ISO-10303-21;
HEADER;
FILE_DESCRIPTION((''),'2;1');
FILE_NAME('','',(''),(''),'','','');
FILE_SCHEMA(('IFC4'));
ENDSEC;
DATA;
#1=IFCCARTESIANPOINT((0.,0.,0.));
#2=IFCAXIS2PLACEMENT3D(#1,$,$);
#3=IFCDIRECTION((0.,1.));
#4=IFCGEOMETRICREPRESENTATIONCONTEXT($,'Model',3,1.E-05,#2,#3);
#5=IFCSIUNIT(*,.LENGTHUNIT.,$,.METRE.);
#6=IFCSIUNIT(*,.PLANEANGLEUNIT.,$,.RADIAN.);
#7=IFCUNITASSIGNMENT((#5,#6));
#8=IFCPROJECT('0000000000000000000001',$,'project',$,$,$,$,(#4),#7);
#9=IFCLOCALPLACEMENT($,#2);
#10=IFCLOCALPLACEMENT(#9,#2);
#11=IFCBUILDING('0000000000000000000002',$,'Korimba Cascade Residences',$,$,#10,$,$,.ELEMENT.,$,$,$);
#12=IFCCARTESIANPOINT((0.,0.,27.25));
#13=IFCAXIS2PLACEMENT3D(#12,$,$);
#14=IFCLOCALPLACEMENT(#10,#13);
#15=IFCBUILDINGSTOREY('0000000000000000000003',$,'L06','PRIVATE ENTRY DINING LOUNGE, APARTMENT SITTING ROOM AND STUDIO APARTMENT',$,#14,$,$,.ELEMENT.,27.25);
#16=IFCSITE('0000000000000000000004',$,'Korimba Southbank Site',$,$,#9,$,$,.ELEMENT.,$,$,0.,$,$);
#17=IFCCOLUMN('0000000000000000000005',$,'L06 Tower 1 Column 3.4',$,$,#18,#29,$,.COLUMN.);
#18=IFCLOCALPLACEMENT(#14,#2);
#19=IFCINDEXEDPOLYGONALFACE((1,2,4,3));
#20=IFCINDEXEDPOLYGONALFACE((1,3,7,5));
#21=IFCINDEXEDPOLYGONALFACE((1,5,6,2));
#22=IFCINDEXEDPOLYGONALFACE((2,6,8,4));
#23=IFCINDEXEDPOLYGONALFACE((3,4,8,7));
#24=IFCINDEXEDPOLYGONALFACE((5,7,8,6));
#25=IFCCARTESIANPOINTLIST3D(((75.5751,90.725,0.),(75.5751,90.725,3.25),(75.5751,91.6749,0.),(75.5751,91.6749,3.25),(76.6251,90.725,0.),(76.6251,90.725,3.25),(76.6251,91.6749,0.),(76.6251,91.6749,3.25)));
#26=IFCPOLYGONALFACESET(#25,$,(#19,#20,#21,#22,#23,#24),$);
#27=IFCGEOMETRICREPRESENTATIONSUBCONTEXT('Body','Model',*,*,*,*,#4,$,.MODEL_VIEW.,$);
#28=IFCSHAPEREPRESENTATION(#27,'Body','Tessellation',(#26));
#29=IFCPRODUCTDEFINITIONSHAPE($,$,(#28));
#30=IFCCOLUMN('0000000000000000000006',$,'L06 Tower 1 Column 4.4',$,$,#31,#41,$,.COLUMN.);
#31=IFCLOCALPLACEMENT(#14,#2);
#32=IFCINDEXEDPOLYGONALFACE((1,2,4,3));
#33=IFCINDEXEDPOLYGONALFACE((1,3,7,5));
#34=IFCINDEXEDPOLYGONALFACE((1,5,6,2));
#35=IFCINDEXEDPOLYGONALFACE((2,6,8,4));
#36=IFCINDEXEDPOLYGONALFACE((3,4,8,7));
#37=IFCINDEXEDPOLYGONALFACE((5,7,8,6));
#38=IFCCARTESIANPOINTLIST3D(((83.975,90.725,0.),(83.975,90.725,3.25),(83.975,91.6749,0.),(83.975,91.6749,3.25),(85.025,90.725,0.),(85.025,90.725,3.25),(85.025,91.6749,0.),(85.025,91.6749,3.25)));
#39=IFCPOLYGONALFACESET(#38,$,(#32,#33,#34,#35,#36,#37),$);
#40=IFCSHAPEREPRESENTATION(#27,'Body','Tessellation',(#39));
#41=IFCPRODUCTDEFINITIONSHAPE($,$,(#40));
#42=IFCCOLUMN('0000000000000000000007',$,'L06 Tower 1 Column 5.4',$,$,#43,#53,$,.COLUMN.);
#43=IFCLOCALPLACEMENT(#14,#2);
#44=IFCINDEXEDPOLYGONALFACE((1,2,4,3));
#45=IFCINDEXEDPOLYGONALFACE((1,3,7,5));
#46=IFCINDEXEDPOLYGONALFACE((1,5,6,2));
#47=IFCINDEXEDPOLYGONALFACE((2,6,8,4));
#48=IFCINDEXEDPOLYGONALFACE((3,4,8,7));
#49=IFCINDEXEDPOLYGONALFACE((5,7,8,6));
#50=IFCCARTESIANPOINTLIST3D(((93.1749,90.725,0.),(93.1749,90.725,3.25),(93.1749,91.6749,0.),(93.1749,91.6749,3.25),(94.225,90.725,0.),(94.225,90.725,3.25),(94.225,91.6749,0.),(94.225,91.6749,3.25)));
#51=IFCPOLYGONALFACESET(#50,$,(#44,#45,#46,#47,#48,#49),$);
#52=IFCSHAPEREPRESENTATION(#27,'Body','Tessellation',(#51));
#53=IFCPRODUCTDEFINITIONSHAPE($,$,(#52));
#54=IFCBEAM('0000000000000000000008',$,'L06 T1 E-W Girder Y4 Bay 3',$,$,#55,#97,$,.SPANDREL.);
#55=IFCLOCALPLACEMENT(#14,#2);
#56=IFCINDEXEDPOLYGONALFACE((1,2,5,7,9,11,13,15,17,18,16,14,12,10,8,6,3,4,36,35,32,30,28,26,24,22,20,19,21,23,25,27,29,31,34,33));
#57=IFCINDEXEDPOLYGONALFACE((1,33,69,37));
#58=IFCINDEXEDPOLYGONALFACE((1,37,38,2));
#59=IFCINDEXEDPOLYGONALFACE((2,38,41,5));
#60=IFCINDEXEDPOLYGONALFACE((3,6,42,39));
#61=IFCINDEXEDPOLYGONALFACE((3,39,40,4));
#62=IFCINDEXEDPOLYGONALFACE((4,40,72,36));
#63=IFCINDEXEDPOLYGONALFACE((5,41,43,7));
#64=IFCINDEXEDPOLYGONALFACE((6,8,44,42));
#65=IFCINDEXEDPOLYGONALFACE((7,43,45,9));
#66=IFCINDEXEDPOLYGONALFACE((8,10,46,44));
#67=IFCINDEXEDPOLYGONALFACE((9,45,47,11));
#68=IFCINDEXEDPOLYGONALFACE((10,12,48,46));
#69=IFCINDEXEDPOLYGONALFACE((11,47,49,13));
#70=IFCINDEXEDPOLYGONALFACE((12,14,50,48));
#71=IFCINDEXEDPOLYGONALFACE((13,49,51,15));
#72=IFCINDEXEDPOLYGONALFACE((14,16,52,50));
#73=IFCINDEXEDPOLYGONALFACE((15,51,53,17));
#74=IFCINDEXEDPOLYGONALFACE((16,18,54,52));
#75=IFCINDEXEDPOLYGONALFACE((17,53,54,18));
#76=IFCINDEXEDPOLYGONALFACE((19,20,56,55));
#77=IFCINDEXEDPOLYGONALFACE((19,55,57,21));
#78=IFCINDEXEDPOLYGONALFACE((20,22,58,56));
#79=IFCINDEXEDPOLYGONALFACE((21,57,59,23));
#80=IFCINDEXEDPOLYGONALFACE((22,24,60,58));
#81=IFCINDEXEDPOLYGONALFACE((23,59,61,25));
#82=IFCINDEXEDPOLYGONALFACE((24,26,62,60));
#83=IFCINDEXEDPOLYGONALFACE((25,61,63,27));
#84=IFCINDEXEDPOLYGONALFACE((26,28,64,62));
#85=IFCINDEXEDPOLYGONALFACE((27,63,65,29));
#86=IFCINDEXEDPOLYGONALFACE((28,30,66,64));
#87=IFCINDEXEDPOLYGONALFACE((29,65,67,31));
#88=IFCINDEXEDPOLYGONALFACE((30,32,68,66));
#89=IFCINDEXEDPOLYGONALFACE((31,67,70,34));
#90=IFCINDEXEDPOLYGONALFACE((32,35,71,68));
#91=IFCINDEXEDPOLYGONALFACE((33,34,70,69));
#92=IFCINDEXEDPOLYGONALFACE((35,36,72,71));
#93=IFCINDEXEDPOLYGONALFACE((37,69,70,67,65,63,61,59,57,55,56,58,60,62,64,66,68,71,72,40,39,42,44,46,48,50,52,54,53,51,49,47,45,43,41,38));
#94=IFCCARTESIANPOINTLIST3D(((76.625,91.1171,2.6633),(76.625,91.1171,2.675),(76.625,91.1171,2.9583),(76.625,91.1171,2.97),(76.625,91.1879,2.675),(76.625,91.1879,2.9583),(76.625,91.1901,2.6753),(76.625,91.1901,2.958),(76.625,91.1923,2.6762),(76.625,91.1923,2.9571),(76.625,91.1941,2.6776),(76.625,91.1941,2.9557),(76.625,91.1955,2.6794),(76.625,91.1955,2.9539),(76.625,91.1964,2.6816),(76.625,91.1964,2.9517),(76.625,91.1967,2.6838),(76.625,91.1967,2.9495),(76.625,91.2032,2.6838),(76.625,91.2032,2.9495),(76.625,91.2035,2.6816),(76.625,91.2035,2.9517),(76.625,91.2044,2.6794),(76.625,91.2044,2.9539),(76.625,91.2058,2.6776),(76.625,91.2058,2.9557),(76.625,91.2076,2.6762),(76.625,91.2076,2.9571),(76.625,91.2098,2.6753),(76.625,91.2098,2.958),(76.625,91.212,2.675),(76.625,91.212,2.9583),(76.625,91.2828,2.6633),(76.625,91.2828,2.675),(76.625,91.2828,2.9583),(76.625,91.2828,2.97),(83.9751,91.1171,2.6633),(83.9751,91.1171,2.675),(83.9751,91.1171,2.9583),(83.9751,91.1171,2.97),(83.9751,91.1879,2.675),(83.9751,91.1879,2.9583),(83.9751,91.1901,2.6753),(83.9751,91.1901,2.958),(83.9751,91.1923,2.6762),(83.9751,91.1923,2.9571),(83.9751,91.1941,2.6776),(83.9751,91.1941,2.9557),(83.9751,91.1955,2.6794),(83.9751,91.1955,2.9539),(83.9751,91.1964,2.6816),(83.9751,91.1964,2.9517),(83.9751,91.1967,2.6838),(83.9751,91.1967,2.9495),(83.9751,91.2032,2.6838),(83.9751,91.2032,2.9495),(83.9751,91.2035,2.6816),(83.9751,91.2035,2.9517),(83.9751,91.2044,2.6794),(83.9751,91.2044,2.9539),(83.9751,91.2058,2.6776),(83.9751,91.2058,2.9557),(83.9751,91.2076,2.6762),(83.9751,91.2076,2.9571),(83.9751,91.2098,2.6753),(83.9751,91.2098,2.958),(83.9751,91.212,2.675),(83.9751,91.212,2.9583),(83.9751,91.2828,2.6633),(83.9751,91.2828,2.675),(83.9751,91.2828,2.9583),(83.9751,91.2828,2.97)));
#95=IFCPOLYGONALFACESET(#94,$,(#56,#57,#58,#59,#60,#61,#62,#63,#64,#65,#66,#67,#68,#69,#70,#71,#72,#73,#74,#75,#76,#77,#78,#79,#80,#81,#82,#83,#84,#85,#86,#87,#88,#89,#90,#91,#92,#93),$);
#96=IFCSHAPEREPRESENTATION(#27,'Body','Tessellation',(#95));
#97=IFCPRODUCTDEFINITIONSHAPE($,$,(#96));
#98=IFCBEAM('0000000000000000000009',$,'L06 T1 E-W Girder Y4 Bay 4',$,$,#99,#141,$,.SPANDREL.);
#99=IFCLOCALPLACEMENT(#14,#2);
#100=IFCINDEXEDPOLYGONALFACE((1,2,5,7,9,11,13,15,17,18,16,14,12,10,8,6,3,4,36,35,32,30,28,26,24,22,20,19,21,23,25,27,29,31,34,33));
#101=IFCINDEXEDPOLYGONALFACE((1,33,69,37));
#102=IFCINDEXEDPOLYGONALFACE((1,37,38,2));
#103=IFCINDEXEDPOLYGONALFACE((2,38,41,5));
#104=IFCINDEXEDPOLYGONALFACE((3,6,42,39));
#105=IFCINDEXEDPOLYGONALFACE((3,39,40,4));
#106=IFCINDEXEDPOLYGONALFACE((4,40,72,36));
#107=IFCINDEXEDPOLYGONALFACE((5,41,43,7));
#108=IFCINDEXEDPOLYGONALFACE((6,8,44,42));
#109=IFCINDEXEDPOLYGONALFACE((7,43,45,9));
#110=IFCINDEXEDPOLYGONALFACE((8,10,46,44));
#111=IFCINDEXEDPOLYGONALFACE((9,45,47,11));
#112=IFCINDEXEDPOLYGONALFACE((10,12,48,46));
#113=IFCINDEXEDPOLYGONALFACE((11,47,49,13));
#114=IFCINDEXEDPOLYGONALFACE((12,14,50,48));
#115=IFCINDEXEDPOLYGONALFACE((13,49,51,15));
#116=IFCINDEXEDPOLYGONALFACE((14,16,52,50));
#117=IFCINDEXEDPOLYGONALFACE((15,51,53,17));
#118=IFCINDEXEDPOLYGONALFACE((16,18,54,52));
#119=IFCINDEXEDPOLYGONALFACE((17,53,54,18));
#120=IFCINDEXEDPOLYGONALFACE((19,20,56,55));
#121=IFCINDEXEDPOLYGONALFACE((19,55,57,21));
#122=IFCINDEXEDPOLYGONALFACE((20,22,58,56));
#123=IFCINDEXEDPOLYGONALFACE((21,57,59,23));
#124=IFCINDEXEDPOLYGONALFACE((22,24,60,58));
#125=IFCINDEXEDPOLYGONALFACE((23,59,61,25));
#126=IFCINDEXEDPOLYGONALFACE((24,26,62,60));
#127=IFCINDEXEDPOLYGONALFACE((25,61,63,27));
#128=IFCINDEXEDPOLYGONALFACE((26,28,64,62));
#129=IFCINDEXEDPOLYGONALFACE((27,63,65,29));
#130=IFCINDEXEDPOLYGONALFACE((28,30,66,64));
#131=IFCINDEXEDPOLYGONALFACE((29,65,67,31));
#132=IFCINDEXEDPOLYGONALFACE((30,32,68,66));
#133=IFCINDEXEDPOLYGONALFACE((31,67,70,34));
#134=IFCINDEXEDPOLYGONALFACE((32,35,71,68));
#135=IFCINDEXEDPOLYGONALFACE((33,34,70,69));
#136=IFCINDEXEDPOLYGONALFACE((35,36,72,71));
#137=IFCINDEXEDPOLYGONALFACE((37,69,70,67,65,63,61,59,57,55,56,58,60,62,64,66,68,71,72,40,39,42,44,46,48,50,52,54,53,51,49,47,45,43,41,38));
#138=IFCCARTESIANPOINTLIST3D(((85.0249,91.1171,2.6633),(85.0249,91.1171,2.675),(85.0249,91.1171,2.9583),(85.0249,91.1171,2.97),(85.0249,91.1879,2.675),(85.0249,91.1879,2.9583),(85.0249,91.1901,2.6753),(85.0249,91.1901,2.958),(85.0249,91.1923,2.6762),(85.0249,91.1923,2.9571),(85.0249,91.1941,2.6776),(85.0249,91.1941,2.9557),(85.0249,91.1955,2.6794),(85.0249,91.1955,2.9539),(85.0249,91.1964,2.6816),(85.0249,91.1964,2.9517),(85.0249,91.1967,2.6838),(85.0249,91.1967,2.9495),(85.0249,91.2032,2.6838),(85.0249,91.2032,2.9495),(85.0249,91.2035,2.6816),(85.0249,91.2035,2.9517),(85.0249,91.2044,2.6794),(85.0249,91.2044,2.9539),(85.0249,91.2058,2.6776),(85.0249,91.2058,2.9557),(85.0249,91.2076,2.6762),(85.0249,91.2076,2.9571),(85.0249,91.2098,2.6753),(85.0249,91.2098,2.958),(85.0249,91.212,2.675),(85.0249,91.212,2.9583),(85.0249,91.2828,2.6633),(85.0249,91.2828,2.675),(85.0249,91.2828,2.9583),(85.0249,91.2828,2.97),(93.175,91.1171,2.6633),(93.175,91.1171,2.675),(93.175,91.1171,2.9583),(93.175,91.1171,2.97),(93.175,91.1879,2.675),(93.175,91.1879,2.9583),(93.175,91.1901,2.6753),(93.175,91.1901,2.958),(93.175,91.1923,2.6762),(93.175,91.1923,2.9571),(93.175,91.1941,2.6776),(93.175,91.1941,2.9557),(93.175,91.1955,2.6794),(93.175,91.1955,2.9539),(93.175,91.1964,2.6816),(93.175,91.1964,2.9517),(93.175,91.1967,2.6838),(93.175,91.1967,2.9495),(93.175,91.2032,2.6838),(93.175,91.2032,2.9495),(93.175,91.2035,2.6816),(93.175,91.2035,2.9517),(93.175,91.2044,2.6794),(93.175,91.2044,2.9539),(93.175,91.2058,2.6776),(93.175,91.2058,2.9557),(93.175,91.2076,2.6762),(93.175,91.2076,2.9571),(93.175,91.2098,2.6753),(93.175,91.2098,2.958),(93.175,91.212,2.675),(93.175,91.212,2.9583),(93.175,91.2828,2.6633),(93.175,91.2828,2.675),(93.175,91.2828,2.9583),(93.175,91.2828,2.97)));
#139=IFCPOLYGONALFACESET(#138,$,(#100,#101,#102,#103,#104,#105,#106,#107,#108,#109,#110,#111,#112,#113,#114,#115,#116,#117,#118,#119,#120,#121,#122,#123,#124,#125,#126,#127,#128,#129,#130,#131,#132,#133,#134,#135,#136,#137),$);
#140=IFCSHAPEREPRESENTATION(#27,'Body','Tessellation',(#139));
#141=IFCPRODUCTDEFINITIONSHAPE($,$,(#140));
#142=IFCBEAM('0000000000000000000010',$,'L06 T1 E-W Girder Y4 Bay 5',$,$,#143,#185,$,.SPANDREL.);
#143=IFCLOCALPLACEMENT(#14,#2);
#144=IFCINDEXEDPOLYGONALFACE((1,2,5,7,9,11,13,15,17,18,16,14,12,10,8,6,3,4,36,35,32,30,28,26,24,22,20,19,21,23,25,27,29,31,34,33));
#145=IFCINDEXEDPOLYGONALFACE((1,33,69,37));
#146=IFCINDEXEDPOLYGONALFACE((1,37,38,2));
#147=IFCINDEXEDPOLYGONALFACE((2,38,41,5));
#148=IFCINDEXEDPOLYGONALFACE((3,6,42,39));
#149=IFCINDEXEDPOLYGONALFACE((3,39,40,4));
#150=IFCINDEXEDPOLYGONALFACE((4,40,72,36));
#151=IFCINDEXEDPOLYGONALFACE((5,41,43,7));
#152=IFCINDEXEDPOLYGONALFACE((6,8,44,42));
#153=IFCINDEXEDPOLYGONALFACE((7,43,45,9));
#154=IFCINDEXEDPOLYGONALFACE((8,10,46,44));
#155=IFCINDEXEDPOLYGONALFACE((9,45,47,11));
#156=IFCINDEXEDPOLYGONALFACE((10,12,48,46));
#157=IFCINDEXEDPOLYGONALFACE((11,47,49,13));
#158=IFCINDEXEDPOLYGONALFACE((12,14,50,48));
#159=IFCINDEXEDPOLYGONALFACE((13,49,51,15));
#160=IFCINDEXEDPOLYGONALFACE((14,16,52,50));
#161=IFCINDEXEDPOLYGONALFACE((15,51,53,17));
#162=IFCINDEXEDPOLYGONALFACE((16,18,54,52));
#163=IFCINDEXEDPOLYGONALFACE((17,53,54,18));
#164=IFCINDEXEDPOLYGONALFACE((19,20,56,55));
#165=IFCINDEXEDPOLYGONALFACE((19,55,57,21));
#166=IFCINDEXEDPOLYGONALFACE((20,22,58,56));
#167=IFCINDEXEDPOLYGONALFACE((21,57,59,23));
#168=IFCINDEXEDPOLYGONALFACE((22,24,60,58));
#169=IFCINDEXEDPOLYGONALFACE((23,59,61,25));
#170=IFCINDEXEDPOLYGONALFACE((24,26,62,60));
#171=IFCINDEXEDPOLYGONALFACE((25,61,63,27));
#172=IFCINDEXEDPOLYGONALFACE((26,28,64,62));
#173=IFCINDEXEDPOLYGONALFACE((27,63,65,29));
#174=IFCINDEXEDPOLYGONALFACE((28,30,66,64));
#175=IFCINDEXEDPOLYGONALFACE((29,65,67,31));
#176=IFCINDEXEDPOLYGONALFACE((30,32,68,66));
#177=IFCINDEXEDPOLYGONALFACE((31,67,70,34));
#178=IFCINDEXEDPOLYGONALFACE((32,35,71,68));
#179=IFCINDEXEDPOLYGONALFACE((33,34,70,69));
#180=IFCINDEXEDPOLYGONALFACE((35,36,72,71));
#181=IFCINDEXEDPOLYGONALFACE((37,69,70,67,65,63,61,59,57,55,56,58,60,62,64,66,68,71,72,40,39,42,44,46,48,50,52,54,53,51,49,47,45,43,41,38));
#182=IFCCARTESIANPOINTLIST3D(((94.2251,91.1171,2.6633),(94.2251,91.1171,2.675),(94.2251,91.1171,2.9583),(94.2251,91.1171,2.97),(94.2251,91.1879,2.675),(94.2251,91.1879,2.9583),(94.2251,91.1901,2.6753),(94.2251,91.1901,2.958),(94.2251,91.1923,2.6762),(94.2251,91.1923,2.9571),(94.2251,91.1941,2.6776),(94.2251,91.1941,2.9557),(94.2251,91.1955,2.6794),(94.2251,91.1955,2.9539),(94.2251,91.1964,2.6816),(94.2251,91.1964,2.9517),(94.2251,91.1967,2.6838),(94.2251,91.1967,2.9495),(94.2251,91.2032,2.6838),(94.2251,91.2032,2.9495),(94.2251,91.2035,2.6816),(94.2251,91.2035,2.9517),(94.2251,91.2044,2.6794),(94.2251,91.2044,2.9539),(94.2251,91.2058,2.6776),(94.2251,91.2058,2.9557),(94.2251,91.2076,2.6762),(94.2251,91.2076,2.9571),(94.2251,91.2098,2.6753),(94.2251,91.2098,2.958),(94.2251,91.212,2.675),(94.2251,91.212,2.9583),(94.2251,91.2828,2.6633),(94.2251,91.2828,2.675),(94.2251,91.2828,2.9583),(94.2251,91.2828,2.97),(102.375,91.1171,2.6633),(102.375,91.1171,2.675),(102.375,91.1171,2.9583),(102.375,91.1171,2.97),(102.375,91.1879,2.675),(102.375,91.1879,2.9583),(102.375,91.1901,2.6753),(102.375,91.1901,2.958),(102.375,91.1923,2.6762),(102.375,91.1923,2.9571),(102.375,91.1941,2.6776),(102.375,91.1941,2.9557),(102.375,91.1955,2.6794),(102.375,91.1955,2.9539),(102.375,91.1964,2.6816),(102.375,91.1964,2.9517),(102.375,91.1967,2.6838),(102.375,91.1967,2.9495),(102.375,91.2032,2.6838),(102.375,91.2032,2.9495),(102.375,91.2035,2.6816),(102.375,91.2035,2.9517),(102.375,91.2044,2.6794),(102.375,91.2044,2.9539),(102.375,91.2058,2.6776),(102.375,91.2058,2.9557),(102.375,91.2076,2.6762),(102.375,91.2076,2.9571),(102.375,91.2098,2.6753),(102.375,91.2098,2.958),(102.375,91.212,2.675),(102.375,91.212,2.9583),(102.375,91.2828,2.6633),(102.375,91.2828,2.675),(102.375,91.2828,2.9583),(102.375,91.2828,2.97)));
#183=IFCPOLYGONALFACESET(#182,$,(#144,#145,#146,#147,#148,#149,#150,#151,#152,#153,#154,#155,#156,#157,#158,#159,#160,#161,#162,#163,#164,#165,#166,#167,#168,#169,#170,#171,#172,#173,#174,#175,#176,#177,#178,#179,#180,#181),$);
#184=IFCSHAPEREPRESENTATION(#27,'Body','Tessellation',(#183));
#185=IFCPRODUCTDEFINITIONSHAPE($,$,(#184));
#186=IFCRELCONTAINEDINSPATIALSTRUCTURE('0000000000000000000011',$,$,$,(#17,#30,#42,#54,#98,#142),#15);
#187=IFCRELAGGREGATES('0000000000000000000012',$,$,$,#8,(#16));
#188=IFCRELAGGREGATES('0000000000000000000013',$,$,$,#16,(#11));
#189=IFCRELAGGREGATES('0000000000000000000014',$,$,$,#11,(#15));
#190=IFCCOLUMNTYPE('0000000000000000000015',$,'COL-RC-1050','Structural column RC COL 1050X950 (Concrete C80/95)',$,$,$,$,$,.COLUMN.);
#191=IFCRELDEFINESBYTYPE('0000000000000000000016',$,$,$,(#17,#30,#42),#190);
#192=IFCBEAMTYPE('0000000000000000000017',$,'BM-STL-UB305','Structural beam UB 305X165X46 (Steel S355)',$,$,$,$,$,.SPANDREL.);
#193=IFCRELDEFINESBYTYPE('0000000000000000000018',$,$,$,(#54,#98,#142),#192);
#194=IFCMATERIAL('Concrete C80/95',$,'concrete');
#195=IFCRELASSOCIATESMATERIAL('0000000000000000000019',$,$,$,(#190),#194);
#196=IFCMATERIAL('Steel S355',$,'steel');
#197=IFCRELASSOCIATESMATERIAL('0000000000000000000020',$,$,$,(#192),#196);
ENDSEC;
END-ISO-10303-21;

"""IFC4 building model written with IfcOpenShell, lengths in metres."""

from ifc_helpers import new_model, si_unit, direction, frame, origin, origin_2d, place, context, subcontext, project, spatial, rectangle, i_section, extrude, material, material_profile, profile_set, type_object, element, save


model = new_model("IFC4")

# Units and contexts
model_context = context("Model", 3, precision=1e-05, world=origin(), true_north=direction((0.0, 1.0)))
body_context = subcontext(model_context, "Body", "Model", "MODEL_VIEW")
ifc_project = project(units=[si_unit("LENGTHUNIT", "METRE"), si_unit("PLANEANGLEUNIT", "RADIAN")], contexts=[model_context])

# Site, building, storey
site_placement = place(None, origin())
site = spatial("IfcSite", under=ifc_project, at=site_placement, Name="Korimba Southbank Site", CompositionType="ELEMENT", RefElevation=0.0)
building_placement = place(site_placement, origin())
building = spatial("IfcBuilding", under=site, at=building_placement, Name="Korimba Cascade Residences", CompositionType="ELEMENT")
storey_placement = place(building_placement, frame((0.0, 0.0, 27.25)))
storey = spatial("IfcBuildingStorey", under=building, at=storey_placement, Name="L06", Description="PRIVATE ENTRY DINING LOUNGE, APARTMENT SITTING ROOM AND STUDIO APARTMENT", CompositionType="ELEMENT", Elevation=27.25)

# Columns
ifc_material_1 = material(Name="Concrete C80/95", Category="concrete")
ifc_material_profile_1 = material_profile(ifc_material_1, rectangle(XDim=1.05, YDim=0.95, at=origin_2d()), Name="Concrete C80/95")
ifc_profile_set_1 = profile_set([ifc_material_profile_1], Name="Concrete C80/95")
column_type = type_object("IfcColumnType", Name="COL-RC-1050", Description="Structural column RC COL 1050X950 (Concrete C80/95)", PredefinedType="COLUMN", material=ifc_profile_set_1)
for number, where, z_axis, x_axis, name in (
    (1, (76.1001, 91.2, 0.0), (0.0, 0.0, 1.0), (1.0, 0.0, 0.0), "L06 Tower 1 Column 3.4"),
    (2, (84.5, 91.2, 0.0), (0.0, 0.0, 1.0), (1.0, 0.0, 0.0), "L06 Tower 1 Column 4.4"),
    (3, (93.7, 91.2, 0.0), (0.0, 0.0, 1.0), (1.0, 0.0, 0.0), "L06 Tower 1 Column 5.4"),
):
    element("IfcColumn", number, at=place(storey_placement, frame(where, z_axis=z_axis, x_axis=x_axis)), inside=storey, type_object=column_type, Name=name, PredefinedType="COLUMN", context=body_context, shape_type="SweptSolid", body=[
        extrude(rectangle(XDim=1.05, YDim=0.95, at=origin_2d()), origin(), (0.0, 0.0, 1.0), 3.25),
    ])

# Beams
ifc_material_2 = material(Name="Steel S355", Category="steel")
ifc_material_profile_2 = material_profile(ifc_material_2, i_section(OverallWidth=0.1658, OverallDepth=0.3066, WebThickness=0.0066, FlangeThickness=0.0117, FilletRadius=0.0088, at=origin_2d()), Name="Steel S355")
ifc_profile_set_2 = profile_set([ifc_material_profile_2], Name="Steel S355")
beam_type = type_object("IfcBeamType", Name="BM-STL-UB305", Description="Structural beam UB 305X165X46 (Steel S355)", PredefinedType="SPANDREL", material=ifc_profile_set_2)
beam_1_placement = place(storey_placement, frame((76.625, 91.2, 2.8167), z_axis=(1.0, 0.0, 0.0), x_axis=(0.0, 1.0, 0.0)))
element("IfcBeam", 4, at=beam_1_placement, inside=storey, type_object=beam_type, Name="L06 T1 E-W Girder Y4 Bay 3", PredefinedType="SPANDREL", context=body_context, shape_type="SweptSolid", body=[
    extrude(i_section(OverallWidth=0.1658, OverallDepth=0.3066, WebThickness=0.0066, FlangeThickness=0.0117, FilletRadius=0.0088, at=origin_2d()), origin(), (0.0, 0.0, 1.0), 7.3501),
])
beam_2_placement = place(storey_placement, frame((85.0249, 91.2, 2.8167), z_axis=(1.0, 0.0, 0.0), x_axis=(0.0, 1.0, 0.0)))
element("IfcBeam", 5, at=beam_2_placement, inside=storey, type_object=beam_type, Name="L06 T1 E-W Girder Y4 Bay 4", PredefinedType="SPANDREL", context=body_context, shape_type="SweptSolid", body=[
    extrude(i_section(OverallWidth=0.1658, OverallDepth=0.3066, WebThickness=0.0066, FlangeThickness=0.0117, FilletRadius=0.0088, at=origin_2d()), origin(), (0.0, 0.0, 1.0), 8.1501),
])
beam_3_placement = place(storey_placement, frame((94.2251, 91.2, 2.8167), z_axis=(1.0, 0.0, 0.0), x_axis=(0.0, 1.0, 0.0)))
element("IfcBeam", 6, at=beam_3_placement, inside=storey, type_object=beam_type, Name="L06 T1 E-W Girder Y4 Bay 5", PredefinedType="SPANDREL", context=body_context, shape_type="SweptSolid", body=[
    extrude(i_section(OverallWidth=0.1658, OverallDepth=0.3066, WebThickness=0.0066, FlangeThickness=0.0117, FilletRadius=0.0088, at=origin_2d()), origin(), (0.0, 0.0, 1.0), 8.1499),
])

save(model, "model.ifc")
